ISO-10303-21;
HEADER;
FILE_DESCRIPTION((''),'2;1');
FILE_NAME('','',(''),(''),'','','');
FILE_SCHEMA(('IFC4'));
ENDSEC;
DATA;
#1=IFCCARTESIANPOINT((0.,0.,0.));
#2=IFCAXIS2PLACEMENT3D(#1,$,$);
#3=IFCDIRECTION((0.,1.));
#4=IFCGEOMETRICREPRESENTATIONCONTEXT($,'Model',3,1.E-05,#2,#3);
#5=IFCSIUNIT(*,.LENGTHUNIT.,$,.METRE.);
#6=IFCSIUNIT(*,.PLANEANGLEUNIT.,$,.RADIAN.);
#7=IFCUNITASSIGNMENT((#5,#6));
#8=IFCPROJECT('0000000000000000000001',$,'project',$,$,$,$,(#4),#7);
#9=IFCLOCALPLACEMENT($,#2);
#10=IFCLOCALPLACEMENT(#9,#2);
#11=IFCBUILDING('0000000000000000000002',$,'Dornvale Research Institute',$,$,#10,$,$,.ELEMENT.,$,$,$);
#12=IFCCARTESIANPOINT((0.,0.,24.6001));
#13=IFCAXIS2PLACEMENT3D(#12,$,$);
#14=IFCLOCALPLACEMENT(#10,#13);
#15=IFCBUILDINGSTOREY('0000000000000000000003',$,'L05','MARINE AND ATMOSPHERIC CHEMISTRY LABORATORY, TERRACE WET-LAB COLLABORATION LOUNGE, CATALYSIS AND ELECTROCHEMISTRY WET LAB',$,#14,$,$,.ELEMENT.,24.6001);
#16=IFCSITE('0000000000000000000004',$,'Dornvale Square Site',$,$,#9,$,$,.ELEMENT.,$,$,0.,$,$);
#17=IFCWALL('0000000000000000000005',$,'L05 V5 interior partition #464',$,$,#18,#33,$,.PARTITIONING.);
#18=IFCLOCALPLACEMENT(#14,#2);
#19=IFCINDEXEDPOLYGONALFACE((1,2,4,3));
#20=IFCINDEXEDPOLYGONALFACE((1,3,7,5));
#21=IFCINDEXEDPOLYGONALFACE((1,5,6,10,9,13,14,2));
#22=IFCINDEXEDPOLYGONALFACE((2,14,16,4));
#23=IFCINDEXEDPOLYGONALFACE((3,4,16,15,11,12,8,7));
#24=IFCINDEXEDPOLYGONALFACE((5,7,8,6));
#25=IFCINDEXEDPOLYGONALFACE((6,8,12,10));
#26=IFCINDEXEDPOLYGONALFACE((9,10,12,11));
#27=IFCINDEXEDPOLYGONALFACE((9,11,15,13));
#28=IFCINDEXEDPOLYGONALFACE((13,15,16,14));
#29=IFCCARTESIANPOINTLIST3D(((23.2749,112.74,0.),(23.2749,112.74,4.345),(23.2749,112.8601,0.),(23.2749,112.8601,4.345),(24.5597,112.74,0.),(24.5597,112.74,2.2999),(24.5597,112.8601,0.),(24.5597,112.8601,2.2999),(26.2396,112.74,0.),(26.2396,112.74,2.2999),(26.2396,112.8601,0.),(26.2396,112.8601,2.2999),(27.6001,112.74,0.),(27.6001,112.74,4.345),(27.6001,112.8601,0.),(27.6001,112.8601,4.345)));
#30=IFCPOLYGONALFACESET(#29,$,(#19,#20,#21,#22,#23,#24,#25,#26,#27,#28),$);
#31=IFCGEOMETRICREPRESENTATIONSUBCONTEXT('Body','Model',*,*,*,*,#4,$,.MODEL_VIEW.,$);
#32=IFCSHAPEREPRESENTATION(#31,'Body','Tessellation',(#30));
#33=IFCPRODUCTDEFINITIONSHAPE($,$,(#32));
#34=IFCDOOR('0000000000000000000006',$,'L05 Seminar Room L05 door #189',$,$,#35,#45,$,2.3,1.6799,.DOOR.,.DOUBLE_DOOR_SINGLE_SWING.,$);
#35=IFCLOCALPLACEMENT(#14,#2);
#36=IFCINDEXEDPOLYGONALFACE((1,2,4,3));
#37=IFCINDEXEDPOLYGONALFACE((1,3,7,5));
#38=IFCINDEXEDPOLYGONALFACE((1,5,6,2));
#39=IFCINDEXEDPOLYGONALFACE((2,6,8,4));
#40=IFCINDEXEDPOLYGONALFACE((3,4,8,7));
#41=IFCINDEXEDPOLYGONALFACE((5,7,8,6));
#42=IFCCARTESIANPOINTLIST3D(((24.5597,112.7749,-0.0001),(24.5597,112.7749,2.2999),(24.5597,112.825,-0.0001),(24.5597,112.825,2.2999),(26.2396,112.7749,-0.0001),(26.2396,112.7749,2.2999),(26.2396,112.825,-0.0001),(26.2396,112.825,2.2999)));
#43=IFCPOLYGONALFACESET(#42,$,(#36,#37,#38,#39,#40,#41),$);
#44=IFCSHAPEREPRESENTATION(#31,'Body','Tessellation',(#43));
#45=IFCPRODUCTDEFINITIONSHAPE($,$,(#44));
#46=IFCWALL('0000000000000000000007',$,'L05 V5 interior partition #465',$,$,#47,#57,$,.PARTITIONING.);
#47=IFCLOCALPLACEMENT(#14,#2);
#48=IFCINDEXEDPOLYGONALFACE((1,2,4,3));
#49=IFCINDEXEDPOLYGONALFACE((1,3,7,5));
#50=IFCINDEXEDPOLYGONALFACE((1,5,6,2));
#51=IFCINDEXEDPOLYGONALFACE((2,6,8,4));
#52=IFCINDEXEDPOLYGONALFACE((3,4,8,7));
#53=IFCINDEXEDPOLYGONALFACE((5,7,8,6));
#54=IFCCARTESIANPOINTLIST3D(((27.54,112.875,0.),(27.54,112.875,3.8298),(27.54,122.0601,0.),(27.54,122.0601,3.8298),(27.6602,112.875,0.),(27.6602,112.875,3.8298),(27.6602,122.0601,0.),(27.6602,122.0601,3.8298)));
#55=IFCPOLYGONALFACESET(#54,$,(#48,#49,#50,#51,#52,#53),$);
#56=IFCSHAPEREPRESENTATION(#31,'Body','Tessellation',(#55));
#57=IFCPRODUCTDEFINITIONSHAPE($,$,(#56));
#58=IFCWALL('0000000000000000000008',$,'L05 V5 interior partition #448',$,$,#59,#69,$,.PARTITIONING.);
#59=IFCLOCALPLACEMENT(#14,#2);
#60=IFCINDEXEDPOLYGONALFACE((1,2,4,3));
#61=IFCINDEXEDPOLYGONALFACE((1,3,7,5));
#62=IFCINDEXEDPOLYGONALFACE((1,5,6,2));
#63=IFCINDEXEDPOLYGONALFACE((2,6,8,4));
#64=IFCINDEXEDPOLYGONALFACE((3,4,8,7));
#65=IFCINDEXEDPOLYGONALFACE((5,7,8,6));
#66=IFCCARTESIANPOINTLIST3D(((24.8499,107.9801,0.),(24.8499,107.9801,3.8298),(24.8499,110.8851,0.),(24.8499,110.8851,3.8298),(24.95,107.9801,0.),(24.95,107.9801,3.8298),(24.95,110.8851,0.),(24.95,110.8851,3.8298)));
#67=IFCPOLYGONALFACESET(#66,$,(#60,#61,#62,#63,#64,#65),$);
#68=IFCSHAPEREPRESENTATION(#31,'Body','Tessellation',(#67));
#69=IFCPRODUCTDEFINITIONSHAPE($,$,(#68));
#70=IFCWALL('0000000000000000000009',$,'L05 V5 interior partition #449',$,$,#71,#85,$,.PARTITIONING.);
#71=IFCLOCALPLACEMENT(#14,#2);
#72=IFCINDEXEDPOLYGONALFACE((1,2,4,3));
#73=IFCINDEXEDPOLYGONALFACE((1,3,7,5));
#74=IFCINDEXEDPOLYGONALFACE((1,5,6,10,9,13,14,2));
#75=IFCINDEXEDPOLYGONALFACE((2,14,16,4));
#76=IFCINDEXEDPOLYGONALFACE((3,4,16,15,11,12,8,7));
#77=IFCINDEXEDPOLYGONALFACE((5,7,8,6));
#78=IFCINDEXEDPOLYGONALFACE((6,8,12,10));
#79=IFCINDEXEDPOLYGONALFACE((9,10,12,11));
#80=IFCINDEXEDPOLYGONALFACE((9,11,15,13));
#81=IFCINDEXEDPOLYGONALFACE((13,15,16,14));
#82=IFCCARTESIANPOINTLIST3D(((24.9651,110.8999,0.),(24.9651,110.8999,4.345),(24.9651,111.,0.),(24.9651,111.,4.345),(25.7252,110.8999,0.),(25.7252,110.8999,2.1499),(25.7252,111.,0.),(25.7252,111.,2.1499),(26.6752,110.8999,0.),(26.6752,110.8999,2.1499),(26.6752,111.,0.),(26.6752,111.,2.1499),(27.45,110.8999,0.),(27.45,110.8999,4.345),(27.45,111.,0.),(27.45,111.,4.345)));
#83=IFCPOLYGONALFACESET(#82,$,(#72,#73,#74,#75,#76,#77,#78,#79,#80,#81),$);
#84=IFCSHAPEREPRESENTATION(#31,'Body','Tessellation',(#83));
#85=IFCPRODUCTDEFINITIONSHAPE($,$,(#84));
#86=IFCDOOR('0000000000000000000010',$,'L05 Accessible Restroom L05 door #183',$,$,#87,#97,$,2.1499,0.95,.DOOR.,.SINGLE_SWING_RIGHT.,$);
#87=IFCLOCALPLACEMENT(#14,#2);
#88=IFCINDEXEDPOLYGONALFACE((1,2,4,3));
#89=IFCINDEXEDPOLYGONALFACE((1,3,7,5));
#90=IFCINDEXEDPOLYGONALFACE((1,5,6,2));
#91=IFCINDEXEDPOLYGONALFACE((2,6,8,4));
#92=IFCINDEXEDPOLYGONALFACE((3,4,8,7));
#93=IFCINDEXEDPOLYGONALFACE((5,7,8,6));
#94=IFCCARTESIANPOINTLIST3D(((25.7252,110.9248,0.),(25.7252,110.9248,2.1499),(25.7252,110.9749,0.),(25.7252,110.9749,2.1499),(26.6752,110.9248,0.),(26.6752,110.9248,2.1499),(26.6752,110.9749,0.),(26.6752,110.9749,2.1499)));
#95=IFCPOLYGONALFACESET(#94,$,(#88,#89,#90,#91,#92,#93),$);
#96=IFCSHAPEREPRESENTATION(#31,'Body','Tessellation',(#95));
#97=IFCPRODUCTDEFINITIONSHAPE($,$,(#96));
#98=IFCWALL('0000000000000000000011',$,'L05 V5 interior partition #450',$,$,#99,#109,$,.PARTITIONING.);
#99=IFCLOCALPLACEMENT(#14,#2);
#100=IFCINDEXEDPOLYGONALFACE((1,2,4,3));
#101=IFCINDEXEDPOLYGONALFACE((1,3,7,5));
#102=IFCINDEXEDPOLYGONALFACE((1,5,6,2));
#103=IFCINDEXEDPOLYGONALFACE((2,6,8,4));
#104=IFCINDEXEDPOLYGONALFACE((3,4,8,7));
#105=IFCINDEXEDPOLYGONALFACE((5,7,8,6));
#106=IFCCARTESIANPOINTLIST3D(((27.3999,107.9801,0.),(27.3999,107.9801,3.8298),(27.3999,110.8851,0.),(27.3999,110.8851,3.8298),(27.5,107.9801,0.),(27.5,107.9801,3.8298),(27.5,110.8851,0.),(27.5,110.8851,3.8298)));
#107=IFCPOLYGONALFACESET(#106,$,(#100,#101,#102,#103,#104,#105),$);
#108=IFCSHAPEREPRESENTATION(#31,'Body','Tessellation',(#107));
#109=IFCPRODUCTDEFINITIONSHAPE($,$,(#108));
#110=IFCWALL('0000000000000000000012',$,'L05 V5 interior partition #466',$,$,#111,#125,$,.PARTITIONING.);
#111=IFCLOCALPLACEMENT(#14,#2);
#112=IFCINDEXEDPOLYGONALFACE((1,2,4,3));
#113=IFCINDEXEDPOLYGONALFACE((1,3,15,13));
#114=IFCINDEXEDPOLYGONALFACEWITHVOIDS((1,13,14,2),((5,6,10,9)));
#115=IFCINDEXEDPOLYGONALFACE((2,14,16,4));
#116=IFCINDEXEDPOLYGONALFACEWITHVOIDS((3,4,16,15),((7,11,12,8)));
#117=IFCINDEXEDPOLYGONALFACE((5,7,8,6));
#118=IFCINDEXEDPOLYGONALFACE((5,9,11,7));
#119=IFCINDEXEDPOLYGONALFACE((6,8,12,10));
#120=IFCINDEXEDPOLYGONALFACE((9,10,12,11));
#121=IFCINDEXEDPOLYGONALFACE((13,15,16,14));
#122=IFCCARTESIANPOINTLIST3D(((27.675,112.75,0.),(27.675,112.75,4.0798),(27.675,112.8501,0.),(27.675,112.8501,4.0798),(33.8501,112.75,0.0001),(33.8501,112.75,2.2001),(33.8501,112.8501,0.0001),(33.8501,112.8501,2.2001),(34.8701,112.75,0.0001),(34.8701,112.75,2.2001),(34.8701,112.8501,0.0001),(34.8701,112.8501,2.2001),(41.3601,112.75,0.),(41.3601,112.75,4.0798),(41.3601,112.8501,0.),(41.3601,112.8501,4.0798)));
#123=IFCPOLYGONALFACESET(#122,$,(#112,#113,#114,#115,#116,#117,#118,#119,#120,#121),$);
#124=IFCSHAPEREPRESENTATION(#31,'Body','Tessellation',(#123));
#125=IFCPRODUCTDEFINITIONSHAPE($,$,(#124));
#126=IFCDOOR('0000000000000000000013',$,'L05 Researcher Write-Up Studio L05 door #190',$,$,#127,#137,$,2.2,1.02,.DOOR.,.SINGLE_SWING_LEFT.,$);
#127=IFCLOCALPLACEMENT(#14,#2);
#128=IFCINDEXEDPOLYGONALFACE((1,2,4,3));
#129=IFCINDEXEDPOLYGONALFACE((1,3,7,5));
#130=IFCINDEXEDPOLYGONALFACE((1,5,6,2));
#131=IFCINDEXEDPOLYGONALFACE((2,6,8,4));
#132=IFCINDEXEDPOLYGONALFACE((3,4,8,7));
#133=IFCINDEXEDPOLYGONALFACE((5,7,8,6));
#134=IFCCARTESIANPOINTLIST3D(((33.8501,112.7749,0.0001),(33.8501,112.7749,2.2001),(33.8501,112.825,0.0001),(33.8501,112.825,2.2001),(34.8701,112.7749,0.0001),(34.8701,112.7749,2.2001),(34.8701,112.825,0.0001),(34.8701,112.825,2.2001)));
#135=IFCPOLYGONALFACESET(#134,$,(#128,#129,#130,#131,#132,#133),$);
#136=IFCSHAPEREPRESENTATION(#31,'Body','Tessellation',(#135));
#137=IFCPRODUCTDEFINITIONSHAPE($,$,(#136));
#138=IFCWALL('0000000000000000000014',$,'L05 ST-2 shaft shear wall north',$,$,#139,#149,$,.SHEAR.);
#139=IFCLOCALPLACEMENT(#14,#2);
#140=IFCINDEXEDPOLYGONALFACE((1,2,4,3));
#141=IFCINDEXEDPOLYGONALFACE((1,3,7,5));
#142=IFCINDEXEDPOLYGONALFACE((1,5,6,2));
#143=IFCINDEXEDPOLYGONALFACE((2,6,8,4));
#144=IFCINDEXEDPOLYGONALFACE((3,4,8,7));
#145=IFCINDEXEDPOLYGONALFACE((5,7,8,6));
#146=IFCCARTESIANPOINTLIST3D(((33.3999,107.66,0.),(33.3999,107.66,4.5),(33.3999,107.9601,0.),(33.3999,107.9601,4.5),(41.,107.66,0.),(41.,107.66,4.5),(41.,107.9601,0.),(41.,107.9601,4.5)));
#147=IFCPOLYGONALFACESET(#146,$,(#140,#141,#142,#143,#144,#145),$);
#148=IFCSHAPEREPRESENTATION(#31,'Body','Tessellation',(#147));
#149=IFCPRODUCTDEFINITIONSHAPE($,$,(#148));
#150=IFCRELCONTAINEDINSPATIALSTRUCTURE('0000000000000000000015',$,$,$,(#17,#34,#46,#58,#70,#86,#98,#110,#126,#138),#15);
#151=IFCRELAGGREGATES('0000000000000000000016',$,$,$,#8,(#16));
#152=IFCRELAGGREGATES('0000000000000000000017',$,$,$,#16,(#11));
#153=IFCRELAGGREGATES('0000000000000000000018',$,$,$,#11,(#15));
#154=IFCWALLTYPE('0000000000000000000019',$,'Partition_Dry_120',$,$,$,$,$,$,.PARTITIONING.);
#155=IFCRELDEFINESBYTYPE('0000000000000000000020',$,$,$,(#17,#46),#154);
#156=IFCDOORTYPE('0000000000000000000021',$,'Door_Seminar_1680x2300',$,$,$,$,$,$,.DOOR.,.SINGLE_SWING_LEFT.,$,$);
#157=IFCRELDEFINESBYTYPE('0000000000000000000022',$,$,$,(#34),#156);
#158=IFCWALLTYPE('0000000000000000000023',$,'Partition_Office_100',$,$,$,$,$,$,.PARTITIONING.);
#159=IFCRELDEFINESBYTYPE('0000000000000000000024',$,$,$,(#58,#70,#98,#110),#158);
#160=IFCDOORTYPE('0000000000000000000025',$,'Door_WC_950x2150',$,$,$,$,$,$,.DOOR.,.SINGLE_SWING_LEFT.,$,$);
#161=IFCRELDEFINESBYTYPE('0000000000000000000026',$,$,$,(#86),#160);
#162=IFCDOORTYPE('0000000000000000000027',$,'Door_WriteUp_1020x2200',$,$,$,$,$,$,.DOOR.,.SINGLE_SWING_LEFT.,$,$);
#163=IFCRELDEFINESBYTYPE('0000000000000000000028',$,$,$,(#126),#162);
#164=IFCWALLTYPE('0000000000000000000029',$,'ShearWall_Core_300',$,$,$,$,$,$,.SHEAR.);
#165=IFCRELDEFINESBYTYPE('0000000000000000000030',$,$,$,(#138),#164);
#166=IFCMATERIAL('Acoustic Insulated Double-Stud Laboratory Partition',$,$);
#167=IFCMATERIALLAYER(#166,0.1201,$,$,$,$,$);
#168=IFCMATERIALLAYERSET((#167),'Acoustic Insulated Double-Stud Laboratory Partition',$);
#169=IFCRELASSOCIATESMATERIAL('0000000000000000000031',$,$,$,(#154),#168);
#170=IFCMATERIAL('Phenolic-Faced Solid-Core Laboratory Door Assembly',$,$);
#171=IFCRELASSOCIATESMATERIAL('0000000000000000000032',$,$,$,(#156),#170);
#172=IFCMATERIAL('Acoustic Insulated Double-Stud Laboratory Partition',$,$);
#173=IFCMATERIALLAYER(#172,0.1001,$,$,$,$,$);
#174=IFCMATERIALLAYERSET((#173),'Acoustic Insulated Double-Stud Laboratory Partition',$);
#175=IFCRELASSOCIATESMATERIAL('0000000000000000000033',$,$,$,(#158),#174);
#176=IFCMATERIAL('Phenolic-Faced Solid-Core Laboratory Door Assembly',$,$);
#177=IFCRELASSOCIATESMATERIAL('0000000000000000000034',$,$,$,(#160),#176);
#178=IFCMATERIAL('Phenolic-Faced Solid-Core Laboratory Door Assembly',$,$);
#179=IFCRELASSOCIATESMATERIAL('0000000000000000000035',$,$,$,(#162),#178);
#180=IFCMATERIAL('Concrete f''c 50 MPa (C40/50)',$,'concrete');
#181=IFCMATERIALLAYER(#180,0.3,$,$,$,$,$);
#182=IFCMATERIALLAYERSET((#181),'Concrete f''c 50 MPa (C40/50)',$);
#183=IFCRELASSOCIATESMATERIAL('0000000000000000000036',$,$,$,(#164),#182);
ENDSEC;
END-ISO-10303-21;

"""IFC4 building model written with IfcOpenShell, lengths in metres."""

from ifc_helpers import new_model, si_unit, direction, frame, frame_2d, origin, place, context, subcontext, project, spatial, rectangle, extrude, material, layer, layer_set, type_object, element, fill, save


model = new_model("IFC4")

# Units and contexts
model_context = context("Model", 3, precision=1e-05, world=origin(), true_north=direction((0.0, 1.0)))
body_context = subcontext(model_context, "Body", "Model", "MODEL_VIEW")
ifc_project = project(units=[si_unit("LENGTHUNIT", "METRE"), si_unit("PLANEANGLEUNIT", "RADIAN")], contexts=[model_context])

# Site, building, storey
site_placement = place(None, origin())
site = spatial("IfcSite", under=ifc_project, at=site_placement, Name="Dornvale Square Site", CompositionType="ELEMENT", RefElevation=0.0)
building_placement = place(site_placement, origin())
building = spatial("IfcBuilding", under=site, at=building_placement, Name="Dornvale Research Institute", CompositionType="ELEMENT")
storey_placement = place(building_placement, frame((0.0, 0.0, 24.6001)))
storey = spatial("IfcBuildingStorey", under=building, at=storey_placement, Name="L05", Description="MARINE AND ATMOSPHERIC CHEMISTRY LABORATORY, TERRACE WET-LAB COLLABORATION LOUNGE, CATALYSIS AND ELECTROCHEMISTRY WET LAB", CompositionType="ELEMENT", Elevation=24.6001)

# Shared definitions
ifc_material_1 = material(Name="Acoustic Insulated Double-Stud Laboratory Partition")
ifc_layer_1 = layer(ifc_material_1, 0.1201)
ifc_layer_set_1 = layer_set([ifc_layer_1], Name="Acoustic Insulated Double-Stud Laboratory Partition")
wall_type_1 = type_object("IfcWallType", Name="Partition_Dry_120", PredefinedType="PARTITIONING", material=ifc_layer_set_1)

# Wall, opening, door
wall_1_placement = place(storey_placement, frame((23.2749, 112.8, 0.0), z_axis=(0.0, 0.0, 1.0), x_axis=(1.0, 0.0, 0.0)))
wall_1 = element("IfcWall", 1, at=wall_1_placement, inside=storey, type_object=wall_type_1, Name="L05 V5 interior partition #464", PredefinedType="PARTITIONING", context=body_context, shape_type="SweptSolid", body=[
    extrude(rectangle(XDim=4.3252, YDim=0.1201, at=frame_2d((2.1626, 0.0))), origin(), (0.0, 0.0, 1.0), 4.345),
])
opening_1_placement = place(wall_1_placement, frame((1.2849, 0.0, 0.0)))
opening_1 = element("IfcOpeningElement", 2, at=opening_1_placement, cuts=wall_1, PredefinedType="OPENING", context=body_context, shape_type="SweptSolid", body=[
    extrude(rectangle(XDim=1.6799, YDim=2.3, at=frame_2d((0.8398, 1.1499))), frame((0.0, 0.075, 0.0), z_axis=(0.0, -1.0, 0.0), x_axis=(1.0, 0.0, 0.0)), (0.0, 0.0, 1.0), 0.1501),
])
ifc_material_2 = material(Name="Phenolic-Faced Solid-Core Laboratory Door Assembly")
door_type_1 = type_object("IfcDoorType", Name="Door_Seminar_1680x2300", OperationType="SINGLE_SWING_LEFT", PredefinedType="DOOR", material=ifc_material_2)
door_1_placement = place(opening_1_placement, origin())
door_1 = element("IfcDoor", 3, at=door_1_placement, inside=storey, type_object=door_type_1, Name="L05 Seminar Room L05 door #189", OperationType="DOUBLE_DOOR_SINGLE_SWING", OverallHeight=2.3, OverallWidth=1.6799, PredefinedType="DOOR", context=body_context, shape_type="SweptSolid", body=[
    extrude(rectangle(XDim=1.6799, YDim=2.3, at=frame_2d((0.8398, 1.1499))), frame((0.0, 0.0249, 0.0), z_axis=(0.0, -1.0, 0.0), x_axis=(1.0, 0.0, 0.0)), (0.0, 0.0, 1.0), 0.05),
])
fill(opening_1, door_1)

# Wall
wall_2_placement = place(storey_placement, frame((27.6001, 112.875, 0.0), z_axis=(0.0, 0.0, 1.0), x_axis=(0.0, 1.0, 0.0)))
element("IfcWall", 4, at=wall_2_placement, inside=storey, type_object=wall_type_1, Name="L05 V5 interior partition #465", PredefinedType="PARTITIONING", context=body_context, shape_type="SweptSolid", body=[
    extrude(rectangle(XDim=9.1851, YDim=0.1201, at=frame_2d((4.5925, 0.0))), origin(), (0.0, 0.0, 1.0), 3.8298),
])

# Shared definitions
ifc_material_3 = material(Name="Acoustic Insulated Double-Stud Laboratory Partition")
ifc_layer_2 = layer(ifc_material_3, 0.1001)
ifc_layer_set_2 = layer_set([ifc_layer_2], Name="Acoustic Insulated Double-Stud Laboratory Partition")
wall_type_2 = type_object("IfcWallType", Name="Partition_Office_100", PredefinedType="PARTITIONING", material=ifc_layer_set_2)

# Wall
wall_3_placement = place(storey_placement, frame((24.8999, 107.98, 0.0), z_axis=(0.0, 0.0, 1.0), x_axis=(0.0, 1.0, 0.0)))
element("IfcWall", 5, at=wall_3_placement, inside=storey, type_object=wall_type_2, Name="L05 V5 interior partition #448", PredefinedType="PARTITIONING", context=body_context, shape_type="SweptSolid", body=[
    extrude(rectangle(XDim=2.905, YDim=0.1001, at=frame_2d((1.4526, 0.0))), origin(), (0.0, 0.0, 1.0), 3.8298),
])

# Wall, opening, door
wall_4_placement = place(storey_placement, frame((24.9651, 110.95, 0.0), z_axis=(0.0, 0.0, 1.0), x_axis=(1.0, 0.0, 0.0)))
wall_4 = element("IfcWall", 6, at=wall_4_placement, inside=storey, type_object=wall_type_2, Name="L05 V5 interior partition #449", PredefinedType="PARTITIONING", context=body_context, shape_type="SweptSolid", body=[
    extrude(rectangle(XDim=2.4849, YDim=0.1001, at=frame_2d((1.2424, 0.0))), origin(), (0.0, 0.0, 1.0), 4.345),
])
opening_2_placement = place(wall_4_placement, frame((0.76, 0.0, 0.0)))
opening_2 = element("IfcOpeningElement", 7, at=opening_2_placement, cuts=wall_4, PredefinedType="OPENING", context=body_context, shape_type="SweptSolid", body=[
    extrude(rectangle(XDim=0.95, YDim=2.1499, at=frame_2d((0.4751, 1.075))), frame((0.0, 0.0649, 0.0), z_axis=(0.0, -1.0, 0.0), x_axis=(1.0, 0.0, 0.0)), (0.0, 0.0, 1.0), 0.1301),
])
ifc_material_4 = material(Name="Phenolic-Faced Solid-Core Laboratory Door Assembly")
door_type_2 = type_object("IfcDoorType", Name="Door_WC_950x2150", OperationType="SINGLE_SWING_LEFT", PredefinedType="DOOR", material=ifc_material_4)
door_2_placement = place(opening_2_placement, origin())
door_2 = element("IfcDoor", 8, at=door_2_placement, inside=storey, type_object=door_type_2, Name="L05 Accessible Restroom L05 door #183", OperationType="SINGLE_SWING_RIGHT", OverallHeight=2.1499, OverallWidth=0.95, PredefinedType="DOOR", context=body_context, shape_type="SweptSolid", body=[
    extrude(rectangle(XDim=0.95, YDim=2.1499, at=frame_2d((0.4751, 1.075))), frame((0.0, 0.0249, 0.0), z_axis=(0.0, -1.0, 0.0), x_axis=(1.0, 0.0, 0.0)), (0.0, 0.0, 1.0), 0.05),
])
fill(opening_2, door_2)

# Wall
wall_5_placement = place(storey_placement, frame((27.45, 107.98, 0.0), z_axis=(0.0, 0.0, 1.0), x_axis=(0.0, 1.0, 0.0)))
element("IfcWall", 9, at=wall_5_placement, inside=storey, type_object=wall_type_2, Name="L05 V5 interior partition #450", PredefinedType="PARTITIONING", context=body_context, shape_type="SweptSolid", body=[
    extrude(rectangle(XDim=2.905, YDim=0.1001, at=frame_2d((1.4526, 0.0))), origin(), (0.0, 0.0, 1.0), 3.8298),
])

# Wall, opening, door
wall_6_placement = place(storey_placement, frame((27.675, 112.8, 0.0), z_axis=(0.0, 0.0, 1.0), x_axis=(1.0, 0.0, 0.0)))
wall_6 = element("IfcWall", 10, at=wall_6_placement, inside=storey, type_object=wall_type_2, Name="L05 V5 interior partition #466", PredefinedType="PARTITIONING", context=body_context, shape_type="SweptSolid", body=[
    extrude(rectangle(XDim=13.6851, YDim=0.1001, at=frame_2d((6.8425, 0.0))), origin(), (0.0, 0.0, 1.0), 4.0798),
])
opening_3_placement = place(wall_6_placement, frame((6.175, 0.0, 0.0)))
opening_3 = element("IfcOpeningElement", 11, at=opening_3_placement, cuts=wall_6, PredefinedType="OPENING", context=body_context, shape_type="SweptSolid", body=[
    extrude(rectangle(XDim=1.02, YDim=2.2, at=frame_2d((0.51, 1.1001))), frame((0.0, 0.0649, 0.0), z_axis=(0.0, -1.0, 0.0), x_axis=(1.0, 0.0, 0.0)), (0.0, 0.0, 1.0), 0.1301),
])
ifc_material_5 = material(Name="Phenolic-Faced Solid-Core Laboratory Door Assembly")
door_type_3 = type_object("IfcDoorType", Name="Door_WriteUp_1020x2200", OperationType="SINGLE_SWING_LEFT", PredefinedType="DOOR", material=ifc_material_5)
door_3_placement = place(opening_3_placement, origin())
door_3 = element("IfcDoor", 12, at=door_3_placement, inside=storey, type_object=door_type_3, Name="L05 Researcher Write-Up Studio L05 door #190", OperationType="SINGLE_SWING_LEFT", OverallHeight=2.2, OverallWidth=1.02, PredefinedType="DOOR", context=body_context, shape_type="SweptSolid", body=[
    extrude(rectangle(XDim=1.02, YDim=2.2, at=frame_2d((0.51, 1.1001))), frame((0.0, 0.0249, 0.0), z_axis=(0.0, -1.0, 0.0), x_axis=(1.0, 0.0, 0.0)), (0.0, 0.0, 1.0), 0.05),
])
fill(opening_3, door_3)

# Wall
ifc_material_6 = material(Name="Concrete f'c 50 MPa (C40/50)", Category="concrete")
ifc_layer_3 = layer(ifc_material_6, 0.3)
ifc_layer_set_3 = layer_set([ifc_layer_3], Name="Concrete f'c 50 MPa (C40/50)")
wall_type_3 = type_object("IfcWallType", Name="ShearWall_Core_300", PredefinedType="SHEAR", material=ifc_layer_set_3)
wall_7_placement = place(storey_placement, frame((33.3999, 107.8101, 0.0), z_axis=(0.0, 0.0, 1.0), x_axis=(1.0, 0.0, 0.0)))
element("IfcWall", 13, at=wall_7_placement, inside=storey, type_object=wall_type_3, Name="L05 ST-2 shaft shear wall north", PredefinedType="SHEAR", context=body_context, shape_type="SweptSolid", body=[
    extrude(rectangle(XDim=7.6001, YDim=0.3, at=frame_2d((3.8, 0.0))), origin(), (0.0, 0.0, 1.0), 4.5),
])

save(model, "model.ifc")
